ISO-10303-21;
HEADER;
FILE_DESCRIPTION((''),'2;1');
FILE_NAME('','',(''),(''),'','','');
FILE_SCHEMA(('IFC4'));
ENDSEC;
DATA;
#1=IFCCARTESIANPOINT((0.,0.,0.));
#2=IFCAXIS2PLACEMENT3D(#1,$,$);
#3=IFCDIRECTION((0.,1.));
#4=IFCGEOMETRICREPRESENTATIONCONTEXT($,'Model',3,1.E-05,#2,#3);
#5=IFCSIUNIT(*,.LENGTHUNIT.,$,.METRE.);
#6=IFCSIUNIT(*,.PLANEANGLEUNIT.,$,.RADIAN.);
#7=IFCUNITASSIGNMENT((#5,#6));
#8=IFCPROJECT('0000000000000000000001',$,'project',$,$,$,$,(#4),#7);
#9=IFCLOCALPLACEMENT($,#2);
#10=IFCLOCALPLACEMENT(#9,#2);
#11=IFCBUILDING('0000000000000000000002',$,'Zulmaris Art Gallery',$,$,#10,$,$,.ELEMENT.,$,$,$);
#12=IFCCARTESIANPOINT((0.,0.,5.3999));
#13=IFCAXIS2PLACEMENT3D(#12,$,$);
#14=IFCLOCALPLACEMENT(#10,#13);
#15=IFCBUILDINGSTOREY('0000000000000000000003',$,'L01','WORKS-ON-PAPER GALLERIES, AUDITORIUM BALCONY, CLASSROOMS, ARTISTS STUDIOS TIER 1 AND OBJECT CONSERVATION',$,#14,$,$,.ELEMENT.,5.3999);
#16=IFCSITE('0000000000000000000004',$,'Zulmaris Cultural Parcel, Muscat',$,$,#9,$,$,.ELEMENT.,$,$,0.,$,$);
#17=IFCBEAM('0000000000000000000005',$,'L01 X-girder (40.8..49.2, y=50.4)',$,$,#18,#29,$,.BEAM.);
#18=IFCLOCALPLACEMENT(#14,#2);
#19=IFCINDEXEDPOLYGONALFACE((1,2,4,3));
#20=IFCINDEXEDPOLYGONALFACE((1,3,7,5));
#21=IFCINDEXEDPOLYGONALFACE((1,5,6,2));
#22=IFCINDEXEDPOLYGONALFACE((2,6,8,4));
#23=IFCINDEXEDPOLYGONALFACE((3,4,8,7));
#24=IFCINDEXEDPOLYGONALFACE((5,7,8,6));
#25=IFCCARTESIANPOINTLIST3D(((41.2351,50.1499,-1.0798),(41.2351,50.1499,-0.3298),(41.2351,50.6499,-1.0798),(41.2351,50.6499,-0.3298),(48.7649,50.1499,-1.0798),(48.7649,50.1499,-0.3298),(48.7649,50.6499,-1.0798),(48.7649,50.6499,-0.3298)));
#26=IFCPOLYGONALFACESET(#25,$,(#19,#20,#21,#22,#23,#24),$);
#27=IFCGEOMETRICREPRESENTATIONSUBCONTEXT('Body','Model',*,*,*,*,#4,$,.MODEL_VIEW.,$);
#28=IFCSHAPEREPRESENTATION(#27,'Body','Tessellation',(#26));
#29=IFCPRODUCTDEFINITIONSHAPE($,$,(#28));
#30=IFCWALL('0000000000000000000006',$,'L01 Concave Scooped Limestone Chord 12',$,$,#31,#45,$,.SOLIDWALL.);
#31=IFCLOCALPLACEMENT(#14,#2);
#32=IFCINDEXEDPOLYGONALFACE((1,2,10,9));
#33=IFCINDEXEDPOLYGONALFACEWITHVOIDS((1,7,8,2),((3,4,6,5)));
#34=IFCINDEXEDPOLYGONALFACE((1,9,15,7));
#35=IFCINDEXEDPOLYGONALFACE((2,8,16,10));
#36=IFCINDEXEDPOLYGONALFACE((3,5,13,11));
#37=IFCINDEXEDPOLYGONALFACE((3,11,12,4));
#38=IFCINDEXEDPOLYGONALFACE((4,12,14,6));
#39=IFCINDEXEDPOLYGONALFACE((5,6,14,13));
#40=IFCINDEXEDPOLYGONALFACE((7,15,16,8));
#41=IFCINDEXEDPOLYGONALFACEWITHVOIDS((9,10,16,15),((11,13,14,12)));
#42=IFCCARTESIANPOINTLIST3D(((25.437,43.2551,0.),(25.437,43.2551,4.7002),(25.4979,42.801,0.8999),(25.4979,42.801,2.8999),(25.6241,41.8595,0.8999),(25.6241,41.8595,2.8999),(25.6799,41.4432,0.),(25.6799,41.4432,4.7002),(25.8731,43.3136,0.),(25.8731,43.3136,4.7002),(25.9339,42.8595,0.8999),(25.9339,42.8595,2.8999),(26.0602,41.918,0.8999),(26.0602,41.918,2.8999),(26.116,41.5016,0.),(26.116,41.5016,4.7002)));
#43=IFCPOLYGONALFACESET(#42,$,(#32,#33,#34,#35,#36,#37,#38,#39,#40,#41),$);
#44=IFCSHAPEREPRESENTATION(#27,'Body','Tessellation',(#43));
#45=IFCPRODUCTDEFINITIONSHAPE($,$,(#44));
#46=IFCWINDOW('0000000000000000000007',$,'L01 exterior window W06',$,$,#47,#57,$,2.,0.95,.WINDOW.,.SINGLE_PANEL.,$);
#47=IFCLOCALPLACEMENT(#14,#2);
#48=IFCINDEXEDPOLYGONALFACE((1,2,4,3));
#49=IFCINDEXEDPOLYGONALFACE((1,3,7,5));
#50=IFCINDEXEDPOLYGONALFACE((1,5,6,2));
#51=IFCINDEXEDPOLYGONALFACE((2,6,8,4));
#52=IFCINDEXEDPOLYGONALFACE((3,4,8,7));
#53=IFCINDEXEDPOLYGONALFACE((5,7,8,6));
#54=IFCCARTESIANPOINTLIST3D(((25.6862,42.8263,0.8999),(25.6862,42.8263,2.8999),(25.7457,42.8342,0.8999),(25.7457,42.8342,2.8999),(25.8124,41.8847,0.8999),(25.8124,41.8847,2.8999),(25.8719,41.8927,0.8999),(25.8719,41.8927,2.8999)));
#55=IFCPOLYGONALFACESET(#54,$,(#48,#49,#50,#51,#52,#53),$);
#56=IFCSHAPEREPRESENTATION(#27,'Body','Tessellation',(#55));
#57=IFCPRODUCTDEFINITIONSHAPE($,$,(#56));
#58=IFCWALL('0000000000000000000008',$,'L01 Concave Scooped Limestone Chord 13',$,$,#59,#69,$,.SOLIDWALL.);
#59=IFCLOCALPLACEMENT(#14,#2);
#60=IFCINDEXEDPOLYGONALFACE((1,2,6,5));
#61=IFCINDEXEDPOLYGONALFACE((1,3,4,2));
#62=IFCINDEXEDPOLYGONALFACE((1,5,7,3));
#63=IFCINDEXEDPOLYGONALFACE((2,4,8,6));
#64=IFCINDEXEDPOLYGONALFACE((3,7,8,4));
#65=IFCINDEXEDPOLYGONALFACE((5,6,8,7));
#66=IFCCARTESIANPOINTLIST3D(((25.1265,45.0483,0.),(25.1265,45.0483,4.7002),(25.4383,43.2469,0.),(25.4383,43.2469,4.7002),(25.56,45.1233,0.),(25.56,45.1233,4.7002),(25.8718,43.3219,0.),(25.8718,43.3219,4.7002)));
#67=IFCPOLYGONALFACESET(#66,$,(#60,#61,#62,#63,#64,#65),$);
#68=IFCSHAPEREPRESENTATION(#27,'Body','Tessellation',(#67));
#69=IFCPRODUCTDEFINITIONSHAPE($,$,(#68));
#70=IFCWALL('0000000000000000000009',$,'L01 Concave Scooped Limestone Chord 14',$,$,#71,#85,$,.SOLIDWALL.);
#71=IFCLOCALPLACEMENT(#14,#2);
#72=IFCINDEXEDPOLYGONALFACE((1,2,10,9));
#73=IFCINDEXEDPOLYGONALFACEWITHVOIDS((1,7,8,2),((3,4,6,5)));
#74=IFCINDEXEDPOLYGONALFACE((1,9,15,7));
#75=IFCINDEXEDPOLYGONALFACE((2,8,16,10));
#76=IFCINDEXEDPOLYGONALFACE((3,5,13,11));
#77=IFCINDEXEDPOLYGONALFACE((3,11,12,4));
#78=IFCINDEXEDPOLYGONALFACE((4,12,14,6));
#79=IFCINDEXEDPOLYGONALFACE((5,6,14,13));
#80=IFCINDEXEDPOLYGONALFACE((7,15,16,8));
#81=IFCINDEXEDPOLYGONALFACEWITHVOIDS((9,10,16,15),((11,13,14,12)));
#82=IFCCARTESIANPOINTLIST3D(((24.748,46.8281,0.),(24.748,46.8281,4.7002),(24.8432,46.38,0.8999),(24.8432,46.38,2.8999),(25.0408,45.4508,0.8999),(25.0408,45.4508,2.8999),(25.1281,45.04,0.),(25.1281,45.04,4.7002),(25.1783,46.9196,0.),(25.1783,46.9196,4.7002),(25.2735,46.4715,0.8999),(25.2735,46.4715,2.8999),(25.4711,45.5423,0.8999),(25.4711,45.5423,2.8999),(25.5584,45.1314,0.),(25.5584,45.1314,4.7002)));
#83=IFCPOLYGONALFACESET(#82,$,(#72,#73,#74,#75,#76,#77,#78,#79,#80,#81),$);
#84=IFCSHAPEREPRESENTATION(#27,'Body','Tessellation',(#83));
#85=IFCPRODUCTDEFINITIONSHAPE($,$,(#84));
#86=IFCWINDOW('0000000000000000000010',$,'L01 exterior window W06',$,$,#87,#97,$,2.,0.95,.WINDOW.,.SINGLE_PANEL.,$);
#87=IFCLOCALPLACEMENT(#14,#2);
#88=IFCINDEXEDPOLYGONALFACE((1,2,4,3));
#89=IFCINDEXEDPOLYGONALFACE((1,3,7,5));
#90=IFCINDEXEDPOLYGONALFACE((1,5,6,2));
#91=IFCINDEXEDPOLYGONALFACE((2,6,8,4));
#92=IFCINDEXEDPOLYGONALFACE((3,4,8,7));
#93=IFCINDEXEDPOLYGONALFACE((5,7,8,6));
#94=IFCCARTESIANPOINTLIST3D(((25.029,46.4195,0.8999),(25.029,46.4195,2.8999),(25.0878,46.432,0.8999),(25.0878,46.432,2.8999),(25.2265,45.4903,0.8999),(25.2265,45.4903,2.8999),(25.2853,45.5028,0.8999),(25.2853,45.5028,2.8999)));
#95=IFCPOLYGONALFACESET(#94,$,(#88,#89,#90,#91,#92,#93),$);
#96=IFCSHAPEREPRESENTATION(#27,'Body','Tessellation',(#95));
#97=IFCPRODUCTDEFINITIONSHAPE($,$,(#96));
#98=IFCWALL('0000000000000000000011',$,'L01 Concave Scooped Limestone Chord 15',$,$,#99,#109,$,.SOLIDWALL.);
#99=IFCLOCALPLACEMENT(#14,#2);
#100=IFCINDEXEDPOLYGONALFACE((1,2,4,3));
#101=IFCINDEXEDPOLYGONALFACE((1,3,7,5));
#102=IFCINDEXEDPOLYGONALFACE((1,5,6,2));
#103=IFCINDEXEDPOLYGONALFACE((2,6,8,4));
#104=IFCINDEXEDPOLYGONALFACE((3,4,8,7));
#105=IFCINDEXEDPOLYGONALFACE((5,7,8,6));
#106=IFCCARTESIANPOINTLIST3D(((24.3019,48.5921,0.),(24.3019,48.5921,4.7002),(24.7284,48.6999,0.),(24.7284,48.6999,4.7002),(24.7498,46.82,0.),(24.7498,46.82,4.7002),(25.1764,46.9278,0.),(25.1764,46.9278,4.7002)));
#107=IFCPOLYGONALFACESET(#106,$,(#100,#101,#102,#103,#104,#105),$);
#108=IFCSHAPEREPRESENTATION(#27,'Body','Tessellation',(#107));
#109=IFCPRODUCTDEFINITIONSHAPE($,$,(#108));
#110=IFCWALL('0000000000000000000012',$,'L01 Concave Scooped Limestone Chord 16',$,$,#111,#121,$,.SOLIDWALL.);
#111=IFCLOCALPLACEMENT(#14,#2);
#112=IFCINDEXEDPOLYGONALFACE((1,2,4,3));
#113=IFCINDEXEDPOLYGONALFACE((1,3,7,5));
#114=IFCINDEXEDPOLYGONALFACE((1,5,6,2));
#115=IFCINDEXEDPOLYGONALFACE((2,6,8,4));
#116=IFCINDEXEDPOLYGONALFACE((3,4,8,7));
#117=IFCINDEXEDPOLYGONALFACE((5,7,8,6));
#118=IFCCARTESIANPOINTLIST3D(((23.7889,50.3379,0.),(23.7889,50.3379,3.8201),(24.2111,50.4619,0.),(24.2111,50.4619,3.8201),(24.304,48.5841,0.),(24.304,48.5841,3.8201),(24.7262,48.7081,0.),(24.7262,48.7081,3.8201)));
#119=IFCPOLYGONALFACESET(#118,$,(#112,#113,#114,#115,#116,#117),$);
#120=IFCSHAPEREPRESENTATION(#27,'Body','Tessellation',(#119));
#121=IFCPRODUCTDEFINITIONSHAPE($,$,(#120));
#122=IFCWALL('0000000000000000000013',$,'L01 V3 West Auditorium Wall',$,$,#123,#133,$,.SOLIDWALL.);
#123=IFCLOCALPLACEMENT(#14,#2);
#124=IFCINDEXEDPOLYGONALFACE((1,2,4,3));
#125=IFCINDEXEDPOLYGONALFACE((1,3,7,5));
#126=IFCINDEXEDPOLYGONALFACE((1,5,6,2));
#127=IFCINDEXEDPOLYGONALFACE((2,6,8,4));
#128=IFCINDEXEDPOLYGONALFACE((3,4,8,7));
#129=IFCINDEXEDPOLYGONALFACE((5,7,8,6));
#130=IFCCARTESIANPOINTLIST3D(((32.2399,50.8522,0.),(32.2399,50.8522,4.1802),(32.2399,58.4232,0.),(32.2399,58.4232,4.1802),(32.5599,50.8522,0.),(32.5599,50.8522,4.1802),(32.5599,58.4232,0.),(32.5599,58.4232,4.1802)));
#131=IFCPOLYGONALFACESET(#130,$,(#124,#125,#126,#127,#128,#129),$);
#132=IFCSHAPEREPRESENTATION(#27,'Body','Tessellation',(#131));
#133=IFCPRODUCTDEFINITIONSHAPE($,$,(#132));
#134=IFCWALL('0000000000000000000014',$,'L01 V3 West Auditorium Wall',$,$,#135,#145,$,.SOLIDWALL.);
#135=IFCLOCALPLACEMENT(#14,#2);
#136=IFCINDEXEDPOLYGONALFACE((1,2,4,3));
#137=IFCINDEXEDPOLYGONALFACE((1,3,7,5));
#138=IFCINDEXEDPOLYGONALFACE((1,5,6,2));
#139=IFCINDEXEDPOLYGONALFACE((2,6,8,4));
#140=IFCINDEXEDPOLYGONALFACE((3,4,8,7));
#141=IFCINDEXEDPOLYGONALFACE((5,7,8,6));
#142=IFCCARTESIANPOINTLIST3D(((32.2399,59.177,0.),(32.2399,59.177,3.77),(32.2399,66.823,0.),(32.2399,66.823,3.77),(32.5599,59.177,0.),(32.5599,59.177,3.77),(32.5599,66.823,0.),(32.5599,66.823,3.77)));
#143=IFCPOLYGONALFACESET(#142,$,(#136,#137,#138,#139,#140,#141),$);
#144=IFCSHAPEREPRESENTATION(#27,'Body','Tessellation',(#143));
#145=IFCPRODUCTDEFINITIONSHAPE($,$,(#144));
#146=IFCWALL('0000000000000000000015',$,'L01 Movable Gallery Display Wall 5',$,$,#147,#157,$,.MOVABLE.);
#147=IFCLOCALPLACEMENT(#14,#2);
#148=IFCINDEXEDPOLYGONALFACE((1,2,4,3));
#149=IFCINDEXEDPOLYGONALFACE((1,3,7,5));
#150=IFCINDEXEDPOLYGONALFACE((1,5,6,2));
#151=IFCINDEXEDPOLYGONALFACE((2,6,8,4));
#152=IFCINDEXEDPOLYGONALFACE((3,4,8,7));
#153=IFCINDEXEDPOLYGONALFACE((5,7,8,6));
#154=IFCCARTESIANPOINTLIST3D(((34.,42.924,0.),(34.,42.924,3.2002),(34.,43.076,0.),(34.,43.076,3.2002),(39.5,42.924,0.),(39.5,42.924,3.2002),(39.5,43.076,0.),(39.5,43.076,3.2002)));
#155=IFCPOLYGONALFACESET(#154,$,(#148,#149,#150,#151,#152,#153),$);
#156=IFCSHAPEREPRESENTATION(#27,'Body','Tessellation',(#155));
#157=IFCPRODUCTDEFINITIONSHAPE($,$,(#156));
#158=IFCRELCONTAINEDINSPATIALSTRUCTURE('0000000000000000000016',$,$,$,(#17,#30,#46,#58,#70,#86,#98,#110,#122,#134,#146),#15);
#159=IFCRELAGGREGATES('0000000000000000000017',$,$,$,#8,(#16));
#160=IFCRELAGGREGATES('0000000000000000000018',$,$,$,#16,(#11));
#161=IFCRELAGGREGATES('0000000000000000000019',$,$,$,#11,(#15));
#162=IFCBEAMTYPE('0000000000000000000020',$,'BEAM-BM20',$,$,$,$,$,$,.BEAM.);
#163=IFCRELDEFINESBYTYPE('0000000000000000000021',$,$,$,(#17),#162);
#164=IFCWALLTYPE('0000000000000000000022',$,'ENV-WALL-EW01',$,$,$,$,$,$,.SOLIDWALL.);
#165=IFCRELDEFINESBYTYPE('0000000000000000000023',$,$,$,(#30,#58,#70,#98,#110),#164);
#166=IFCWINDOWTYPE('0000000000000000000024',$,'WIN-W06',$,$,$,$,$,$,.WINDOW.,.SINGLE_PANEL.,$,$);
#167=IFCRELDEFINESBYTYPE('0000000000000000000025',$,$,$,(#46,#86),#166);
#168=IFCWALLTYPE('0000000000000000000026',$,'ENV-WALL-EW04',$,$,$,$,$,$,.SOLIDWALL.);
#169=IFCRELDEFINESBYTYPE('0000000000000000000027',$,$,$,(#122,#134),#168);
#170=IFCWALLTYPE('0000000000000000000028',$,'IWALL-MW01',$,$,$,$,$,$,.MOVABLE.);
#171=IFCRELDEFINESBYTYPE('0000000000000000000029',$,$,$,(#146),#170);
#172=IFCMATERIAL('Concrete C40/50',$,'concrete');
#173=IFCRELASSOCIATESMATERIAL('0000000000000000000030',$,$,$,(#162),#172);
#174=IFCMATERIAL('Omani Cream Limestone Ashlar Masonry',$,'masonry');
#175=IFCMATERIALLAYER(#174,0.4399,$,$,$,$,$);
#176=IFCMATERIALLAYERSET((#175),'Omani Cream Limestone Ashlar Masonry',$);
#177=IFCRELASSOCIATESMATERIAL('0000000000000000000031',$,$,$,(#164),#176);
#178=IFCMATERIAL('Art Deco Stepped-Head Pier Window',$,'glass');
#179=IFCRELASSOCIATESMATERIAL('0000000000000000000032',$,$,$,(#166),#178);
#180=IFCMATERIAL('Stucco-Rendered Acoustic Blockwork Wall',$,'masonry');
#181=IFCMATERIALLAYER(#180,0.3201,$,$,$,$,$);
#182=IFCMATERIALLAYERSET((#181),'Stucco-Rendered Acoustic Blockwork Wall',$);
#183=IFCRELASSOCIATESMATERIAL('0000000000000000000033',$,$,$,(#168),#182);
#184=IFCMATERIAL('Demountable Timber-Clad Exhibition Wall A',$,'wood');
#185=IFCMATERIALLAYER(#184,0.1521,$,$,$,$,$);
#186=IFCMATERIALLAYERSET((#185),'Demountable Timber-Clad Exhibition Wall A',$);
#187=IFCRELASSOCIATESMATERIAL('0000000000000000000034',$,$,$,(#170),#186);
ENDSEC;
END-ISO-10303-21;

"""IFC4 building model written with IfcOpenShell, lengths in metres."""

from ifc_helpers import new_model, si_unit, direction, frame, frame_2d, origin, origin_2d, place, context, subcontext, project, spatial, rectangle, extrude, material, layer, layer_set, material_profile, profile_set, type_object, element, fill, save


model = new_model("IFC4")

# Units and contexts
model_context = context("Model", 3, precision=1e-05, world=origin(), true_north=direction((0.0, 1.0)))
body_context = subcontext(model_context, "Body", "Model", "MODEL_VIEW")
ifc_project = project(units=[si_unit("LENGTHUNIT", "METRE"), si_unit("PLANEANGLEUNIT", "RADIAN")], contexts=[model_context])

# Site, building, storey
site_placement = place(None, origin())
site = spatial("IfcSite", under=ifc_project, at=site_placement, Name="Zulmaris Cultural Parcel, Muscat", CompositionType="ELEMENT", RefElevation=0.0)
building_placement = place(site_placement, origin())
building = spatial("IfcBuilding", under=site, at=building_placement, Name="Zulmaris Art Gallery", CompositionType="ELEMENT")
storey_placement = place(building_placement, frame((0.0, 0.0, 5.3999)))
storey = spatial("IfcBuildingStorey", under=building, at=storey_placement, Name="L01", Description="WORKS-ON-PAPER GALLERIES, AUDITORIUM BALCONY, CLASSROOMS, ARTISTS STUDIOS TIER 1 AND OBJECT CONSERVATION", CompositionType="ELEMENT", Elevation=5.3999)

# Shared definitions
ifc_material_1 = material(Name="Concrete C40/50", Category="concrete")

# Beam
ifc_material_profile_1 = material_profile(ifc_material_1, rectangle(XDim=0.5, YDim=0.75, at=origin_2d()), Name="RC 500x750")
ifc_profile_set_1 = profile_set([ifc_material_profile_1], Name="Concrete C40/50")
beam_type_1 = type_object("IfcBeamType", Name="BEAM-BM20", PredefinedType="BEAM", material=ifc_profile_set_1)
beam_1_placement = place(storey_placement, frame((41.2351, 50.3999, -0.7048), z_axis=(1.0, 0.0, 0.0), x_axis=(0.0, 1.0, 0.0)))
element("IfcBeam", 1, at=beam_1_placement, inside=storey, type_object=beam_type_1, Name="L01 X-girder (40.8..49.2, y=50.4)", PredefinedType="BEAM", context=body_context, shape_type="SweptSolid", body=[
    extrude(rectangle(XDim=0.5, YDim=0.75, at=origin_2d()), origin(), (0.0, 0.0, 1.0), 7.5298),
])

# Wall, opening, window
ifc_material_2 = material(Name="Omani Cream Limestone Ashlar Masonry", Category="masonry")
ifc_layer_1 = layer(ifc_material_2, 0.4399)
ifc_layer_set_1 = layer_set([ifc_layer_1], Name="Omani Cream Limestone Ashlar Masonry")
wall_type_1 = type_object("IfcWallType", Name="ENV-WALL-EW01", PredefinedType="SOLIDWALL", material=ifc_layer_set_1)
wall_1_placement = place(storey_placement, frame((25.8979, 41.4724, 0.0), z_axis=(0.0, 0.0, 1.0), x_axis=(-0.132872, 0.991133, 0.0)))
wall_1 = element("IfcWall", 2, at=wall_1_placement, inside=storey, type_object=wall_type_1, Name="L01 Concave Scooped Limestone Chord 12", PredefinedType="SOLIDWALL", context=body_context, shape_type="SweptSolid", body=[
    extrude(rectangle(XDim=1.8281, YDim=0.4399, at=frame_2d((0.9141, 0.0))), origin(), (0.0, 0.0, 1.0), 4.7002),
])
opening_1_placement = place(wall_1_placement, frame((0.4199, 0.0, 0.8999)))
opening_1 = element("IfcOpeningElement", 3, at=opening_1_placement, cuts=wall_1, PredefinedType="OPENING", context=body_context, shape_type="SweptSolid", body=[
    extrude(rectangle(XDim=0.95, YDim=2.0, at=frame_2d((0.4751, 1.0))), frame((0.0, 0.23, 0.0), z_axis=(0.0, -1.0, 0.0), x_axis=(1.0, 0.0, 0.0)), (0.0, 0.0, 1.0), 0.46),
])
ifc_material_3 = material(Name="Art Deco Stepped-Head Pier Window", Category="glass")
window_type_1 = type_object("IfcWindowType", Name="WIN-W06", PartitioningType="SINGLE_PANEL", PredefinedType="WINDOW", material=ifc_material_3)
window_1_placement = place(opening_1_placement, origin())
window_1 = element("IfcWindow", 4, at=window_1_placement, inside=storey, type_object=window_type_1, Name="L01 exterior window W06", OverallHeight=2.0, OverallWidth=0.95, PartitioningType="SINGLE_PANEL", PredefinedType="WINDOW", context=body_context, shape_type="SweptSolid", body=[
    extrude(rectangle(XDim=0.95, YDim=2.0, at=frame_2d((0.4751, 1.0))), frame((0.0, 0.03, 0.0), z_axis=(0.0, -1.0, 0.0), x_axis=(1.0, 0.0, 0.0)), (0.0, 0.0, 1.0), 0.0601),
])
fill(opening_1, window_1)

# Wall
wall_2_placement = place(storey_placement, frame((25.655, 43.2844, 0.0), z_axis=(0.0, 0.0, 1.0), x_axis=(-0.170546, 0.98535, 0.0)))
element("IfcWall", 5, at=wall_2_placement, inside=storey, type_object=wall_type_1, Name="L01 Concave Scooped Limestone Chord 13", PredefinedType="SOLIDWALL", context=body_context, shape_type="SweptSolid", body=[
    extrude(rectangle(XDim=1.8281, YDim=0.4399, at=frame_2d((0.9141, 0.0))), origin(), (0.0, 0.0, 1.0), 4.7002),
])

# Wall, opening, window
wall_3_placement = place(storey_placement, frame((25.3433, 45.0857, 0.0), z_axis=(0.0, 0.0, 1.0), x_axis=(-0.207942, 0.978141, 0.0)))
wall_3 = element("IfcWall", 6, at=wall_3_placement, inside=storey, type_object=wall_type_1, Name="L01 Concave Scooped Limestone Chord 14", PredefinedType="SOLIDWALL", context=body_context, shape_type="SweptSolid", body=[
    extrude(rectangle(XDim=1.8281, YDim=0.4399, at=frame_2d((0.9141, 0.0))), origin(), (0.0, 0.0, 1.0), 4.7002),
])
opening_2_placement = place(wall_3_placement, frame((0.4199, 0.0, 0.8999)))
opening_2 = element("IfcOpeningElement", 7, at=opening_2_placement, cuts=wall_3, PredefinedType="OPENING", context=body_context, shape_type="SweptSolid", body=[
    extrude(rectangle(XDim=0.95, YDim=2.0, at=frame_2d((0.4751, 1.0))), frame((0.0, 0.23, 0.0), z_axis=(0.0, -1.0, 0.0), x_axis=(1.0, 0.0, 0.0)), (0.0, 0.0, 1.0), 0.46),
])
window_2_placement = place(opening_2_placement, origin())
window_2 = element("IfcWindow", 8, at=window_2_placement, inside=storey, type_object=window_type_1, Name="L01 exterior window W06", OverallHeight=2.0, OverallWidth=0.95, PartitioningType="SINGLE_PANEL", PredefinedType="WINDOW", context=body_context, shape_type="SweptSolid", body=[
    extrude(rectangle(XDim=0.95, YDim=2.0, at=frame_2d((0.4751, 1.0))), frame((0.0, 0.03, 0.0), z_axis=(0.0, -1.0, 0.0), x_axis=(1.0, 0.0, 0.0)), (0.0, 0.0, 1.0), 0.0601),
])
fill(opening_2, window_2)

# Walls
wall_4_placement = place(storey_placement, frame((24.9631, 46.8738, 0.0), z_axis=(0.0, 0.0, 1.0), x_axis=(-0.24508, 0.969503, 0.0)))
element("IfcWall", 9, at=wall_4_placement, inside=storey, type_object=wall_type_1, Name="L01 Concave Scooped Limestone Chord 15", PredefinedType="SOLIDWALL", context=body_context, shape_type="SweptSolid", body=[
    extrude(rectangle(XDim=1.8279, YDim=0.4399, at=frame_2d((0.9141, 0.0))), origin(), (0.0, 0.0, 1.0), 4.7002),
])
wall_5_placement = place(storey_placement, frame((24.5151, 48.646, 0.0), z_axis=(0.0, 0.0, 1.0), x_axis=(-0.281805, 0.959472, 0.0)))
element("IfcWall", 10, at=wall_5_placement, inside=storey, type_object=wall_type_1, Name="L01 Concave Scooped Limestone Chord 16", PredefinedType="SOLIDWALL", context=body_context, shape_type="SweptSolid", body=[
    extrude(rectangle(XDim=1.8279, YDim=0.4399, at=frame_2d((0.9141, 0.0))), origin(), (0.0, 0.0, 1.0), 3.8201),
])
ifc_material_4 = material(Name="Stucco-Rendered Acoustic Blockwork Wall", Category="masonry")
ifc_layer_2 = layer(ifc_material_4, 0.3201)
ifc_layer_set_2 = layer_set([ifc_layer_2], Name="Stucco-Rendered Acoustic Blockwork Wall")
wall_type_2 = type_object("IfcWallType", Name="ENV-WALL-EW04", PredefinedType="SOLIDWALL", material=ifc_layer_set_2)
wall_6_placement = place(storey_placement, frame((32.3999, 50.8521, 0.0), z_axis=(0.0, 0.0, 1.0), x_axis=(0.0, 1.0, 0.0)))
element("IfcWall", 11, at=wall_6_placement, inside=storey, type_object=wall_type_2, Name="L01 V3 West Auditorium Wall", PredefinedType="SOLIDWALL", context=body_context, shape_type="SweptSolid", body=[
    extrude(rectangle(XDim=7.571, YDim=0.3201, at=frame_2d((3.7856, 0.0))), origin(), (0.0, 0.0, 1.0), 4.1802),
])
wall_7_placement = place(storey_placement, frame((32.3999, 59.177, 0.0), z_axis=(0.0, 0.0, 1.0), x_axis=(0.0, 1.0, 0.0)))
element("IfcWall", 12, at=wall_7_placement, inside=storey, type_object=wall_type_2, Name="L01 V3 West Auditorium Wall", PredefinedType="SOLIDWALL", context=body_context, shape_type="SweptSolid", body=[
    extrude(rectangle(XDim=7.646, YDim=0.3201, at=frame_2d((3.823, 0.0))), origin(), (0.0, 0.0, 1.0), 3.77),
])
ifc_material_5 = material(Name="Demountable Timber-Clad Exhibition Wall A", Category="wood")
ifc_layer_3 = layer(ifc_material_5, 0.1521)
ifc_layer_set_3 = layer_set([ifc_layer_3], Name="Demountable Timber-Clad Exhibition Wall A")
wall_type_3 = type_object("IfcWallType", Name="IWALL-MW01", PredefinedType="MOVABLE", material=ifc_layer_set_3)
wall_8_placement = place(storey_placement, frame((34.0, 43.0, 0.0), z_axis=(0.0, 0.0, 1.0), x_axis=(1.0, 0.0, 0.0)))
element("IfcWall", 13, at=wall_8_placement, inside=storey, type_object=wall_type_3, Name="L01 Movable Gallery Display Wall 5", PredefinedType="MOVABLE", context=body_context, shape_type="SweptSolid", body=[
    extrude(rectangle(XDim=5.5, YDim=0.1521, at=frame_2d((2.75, 0.0))), origin(), (0.0, 0.0, 1.0), 3.2002),
])

save(model, "model.ifc")
